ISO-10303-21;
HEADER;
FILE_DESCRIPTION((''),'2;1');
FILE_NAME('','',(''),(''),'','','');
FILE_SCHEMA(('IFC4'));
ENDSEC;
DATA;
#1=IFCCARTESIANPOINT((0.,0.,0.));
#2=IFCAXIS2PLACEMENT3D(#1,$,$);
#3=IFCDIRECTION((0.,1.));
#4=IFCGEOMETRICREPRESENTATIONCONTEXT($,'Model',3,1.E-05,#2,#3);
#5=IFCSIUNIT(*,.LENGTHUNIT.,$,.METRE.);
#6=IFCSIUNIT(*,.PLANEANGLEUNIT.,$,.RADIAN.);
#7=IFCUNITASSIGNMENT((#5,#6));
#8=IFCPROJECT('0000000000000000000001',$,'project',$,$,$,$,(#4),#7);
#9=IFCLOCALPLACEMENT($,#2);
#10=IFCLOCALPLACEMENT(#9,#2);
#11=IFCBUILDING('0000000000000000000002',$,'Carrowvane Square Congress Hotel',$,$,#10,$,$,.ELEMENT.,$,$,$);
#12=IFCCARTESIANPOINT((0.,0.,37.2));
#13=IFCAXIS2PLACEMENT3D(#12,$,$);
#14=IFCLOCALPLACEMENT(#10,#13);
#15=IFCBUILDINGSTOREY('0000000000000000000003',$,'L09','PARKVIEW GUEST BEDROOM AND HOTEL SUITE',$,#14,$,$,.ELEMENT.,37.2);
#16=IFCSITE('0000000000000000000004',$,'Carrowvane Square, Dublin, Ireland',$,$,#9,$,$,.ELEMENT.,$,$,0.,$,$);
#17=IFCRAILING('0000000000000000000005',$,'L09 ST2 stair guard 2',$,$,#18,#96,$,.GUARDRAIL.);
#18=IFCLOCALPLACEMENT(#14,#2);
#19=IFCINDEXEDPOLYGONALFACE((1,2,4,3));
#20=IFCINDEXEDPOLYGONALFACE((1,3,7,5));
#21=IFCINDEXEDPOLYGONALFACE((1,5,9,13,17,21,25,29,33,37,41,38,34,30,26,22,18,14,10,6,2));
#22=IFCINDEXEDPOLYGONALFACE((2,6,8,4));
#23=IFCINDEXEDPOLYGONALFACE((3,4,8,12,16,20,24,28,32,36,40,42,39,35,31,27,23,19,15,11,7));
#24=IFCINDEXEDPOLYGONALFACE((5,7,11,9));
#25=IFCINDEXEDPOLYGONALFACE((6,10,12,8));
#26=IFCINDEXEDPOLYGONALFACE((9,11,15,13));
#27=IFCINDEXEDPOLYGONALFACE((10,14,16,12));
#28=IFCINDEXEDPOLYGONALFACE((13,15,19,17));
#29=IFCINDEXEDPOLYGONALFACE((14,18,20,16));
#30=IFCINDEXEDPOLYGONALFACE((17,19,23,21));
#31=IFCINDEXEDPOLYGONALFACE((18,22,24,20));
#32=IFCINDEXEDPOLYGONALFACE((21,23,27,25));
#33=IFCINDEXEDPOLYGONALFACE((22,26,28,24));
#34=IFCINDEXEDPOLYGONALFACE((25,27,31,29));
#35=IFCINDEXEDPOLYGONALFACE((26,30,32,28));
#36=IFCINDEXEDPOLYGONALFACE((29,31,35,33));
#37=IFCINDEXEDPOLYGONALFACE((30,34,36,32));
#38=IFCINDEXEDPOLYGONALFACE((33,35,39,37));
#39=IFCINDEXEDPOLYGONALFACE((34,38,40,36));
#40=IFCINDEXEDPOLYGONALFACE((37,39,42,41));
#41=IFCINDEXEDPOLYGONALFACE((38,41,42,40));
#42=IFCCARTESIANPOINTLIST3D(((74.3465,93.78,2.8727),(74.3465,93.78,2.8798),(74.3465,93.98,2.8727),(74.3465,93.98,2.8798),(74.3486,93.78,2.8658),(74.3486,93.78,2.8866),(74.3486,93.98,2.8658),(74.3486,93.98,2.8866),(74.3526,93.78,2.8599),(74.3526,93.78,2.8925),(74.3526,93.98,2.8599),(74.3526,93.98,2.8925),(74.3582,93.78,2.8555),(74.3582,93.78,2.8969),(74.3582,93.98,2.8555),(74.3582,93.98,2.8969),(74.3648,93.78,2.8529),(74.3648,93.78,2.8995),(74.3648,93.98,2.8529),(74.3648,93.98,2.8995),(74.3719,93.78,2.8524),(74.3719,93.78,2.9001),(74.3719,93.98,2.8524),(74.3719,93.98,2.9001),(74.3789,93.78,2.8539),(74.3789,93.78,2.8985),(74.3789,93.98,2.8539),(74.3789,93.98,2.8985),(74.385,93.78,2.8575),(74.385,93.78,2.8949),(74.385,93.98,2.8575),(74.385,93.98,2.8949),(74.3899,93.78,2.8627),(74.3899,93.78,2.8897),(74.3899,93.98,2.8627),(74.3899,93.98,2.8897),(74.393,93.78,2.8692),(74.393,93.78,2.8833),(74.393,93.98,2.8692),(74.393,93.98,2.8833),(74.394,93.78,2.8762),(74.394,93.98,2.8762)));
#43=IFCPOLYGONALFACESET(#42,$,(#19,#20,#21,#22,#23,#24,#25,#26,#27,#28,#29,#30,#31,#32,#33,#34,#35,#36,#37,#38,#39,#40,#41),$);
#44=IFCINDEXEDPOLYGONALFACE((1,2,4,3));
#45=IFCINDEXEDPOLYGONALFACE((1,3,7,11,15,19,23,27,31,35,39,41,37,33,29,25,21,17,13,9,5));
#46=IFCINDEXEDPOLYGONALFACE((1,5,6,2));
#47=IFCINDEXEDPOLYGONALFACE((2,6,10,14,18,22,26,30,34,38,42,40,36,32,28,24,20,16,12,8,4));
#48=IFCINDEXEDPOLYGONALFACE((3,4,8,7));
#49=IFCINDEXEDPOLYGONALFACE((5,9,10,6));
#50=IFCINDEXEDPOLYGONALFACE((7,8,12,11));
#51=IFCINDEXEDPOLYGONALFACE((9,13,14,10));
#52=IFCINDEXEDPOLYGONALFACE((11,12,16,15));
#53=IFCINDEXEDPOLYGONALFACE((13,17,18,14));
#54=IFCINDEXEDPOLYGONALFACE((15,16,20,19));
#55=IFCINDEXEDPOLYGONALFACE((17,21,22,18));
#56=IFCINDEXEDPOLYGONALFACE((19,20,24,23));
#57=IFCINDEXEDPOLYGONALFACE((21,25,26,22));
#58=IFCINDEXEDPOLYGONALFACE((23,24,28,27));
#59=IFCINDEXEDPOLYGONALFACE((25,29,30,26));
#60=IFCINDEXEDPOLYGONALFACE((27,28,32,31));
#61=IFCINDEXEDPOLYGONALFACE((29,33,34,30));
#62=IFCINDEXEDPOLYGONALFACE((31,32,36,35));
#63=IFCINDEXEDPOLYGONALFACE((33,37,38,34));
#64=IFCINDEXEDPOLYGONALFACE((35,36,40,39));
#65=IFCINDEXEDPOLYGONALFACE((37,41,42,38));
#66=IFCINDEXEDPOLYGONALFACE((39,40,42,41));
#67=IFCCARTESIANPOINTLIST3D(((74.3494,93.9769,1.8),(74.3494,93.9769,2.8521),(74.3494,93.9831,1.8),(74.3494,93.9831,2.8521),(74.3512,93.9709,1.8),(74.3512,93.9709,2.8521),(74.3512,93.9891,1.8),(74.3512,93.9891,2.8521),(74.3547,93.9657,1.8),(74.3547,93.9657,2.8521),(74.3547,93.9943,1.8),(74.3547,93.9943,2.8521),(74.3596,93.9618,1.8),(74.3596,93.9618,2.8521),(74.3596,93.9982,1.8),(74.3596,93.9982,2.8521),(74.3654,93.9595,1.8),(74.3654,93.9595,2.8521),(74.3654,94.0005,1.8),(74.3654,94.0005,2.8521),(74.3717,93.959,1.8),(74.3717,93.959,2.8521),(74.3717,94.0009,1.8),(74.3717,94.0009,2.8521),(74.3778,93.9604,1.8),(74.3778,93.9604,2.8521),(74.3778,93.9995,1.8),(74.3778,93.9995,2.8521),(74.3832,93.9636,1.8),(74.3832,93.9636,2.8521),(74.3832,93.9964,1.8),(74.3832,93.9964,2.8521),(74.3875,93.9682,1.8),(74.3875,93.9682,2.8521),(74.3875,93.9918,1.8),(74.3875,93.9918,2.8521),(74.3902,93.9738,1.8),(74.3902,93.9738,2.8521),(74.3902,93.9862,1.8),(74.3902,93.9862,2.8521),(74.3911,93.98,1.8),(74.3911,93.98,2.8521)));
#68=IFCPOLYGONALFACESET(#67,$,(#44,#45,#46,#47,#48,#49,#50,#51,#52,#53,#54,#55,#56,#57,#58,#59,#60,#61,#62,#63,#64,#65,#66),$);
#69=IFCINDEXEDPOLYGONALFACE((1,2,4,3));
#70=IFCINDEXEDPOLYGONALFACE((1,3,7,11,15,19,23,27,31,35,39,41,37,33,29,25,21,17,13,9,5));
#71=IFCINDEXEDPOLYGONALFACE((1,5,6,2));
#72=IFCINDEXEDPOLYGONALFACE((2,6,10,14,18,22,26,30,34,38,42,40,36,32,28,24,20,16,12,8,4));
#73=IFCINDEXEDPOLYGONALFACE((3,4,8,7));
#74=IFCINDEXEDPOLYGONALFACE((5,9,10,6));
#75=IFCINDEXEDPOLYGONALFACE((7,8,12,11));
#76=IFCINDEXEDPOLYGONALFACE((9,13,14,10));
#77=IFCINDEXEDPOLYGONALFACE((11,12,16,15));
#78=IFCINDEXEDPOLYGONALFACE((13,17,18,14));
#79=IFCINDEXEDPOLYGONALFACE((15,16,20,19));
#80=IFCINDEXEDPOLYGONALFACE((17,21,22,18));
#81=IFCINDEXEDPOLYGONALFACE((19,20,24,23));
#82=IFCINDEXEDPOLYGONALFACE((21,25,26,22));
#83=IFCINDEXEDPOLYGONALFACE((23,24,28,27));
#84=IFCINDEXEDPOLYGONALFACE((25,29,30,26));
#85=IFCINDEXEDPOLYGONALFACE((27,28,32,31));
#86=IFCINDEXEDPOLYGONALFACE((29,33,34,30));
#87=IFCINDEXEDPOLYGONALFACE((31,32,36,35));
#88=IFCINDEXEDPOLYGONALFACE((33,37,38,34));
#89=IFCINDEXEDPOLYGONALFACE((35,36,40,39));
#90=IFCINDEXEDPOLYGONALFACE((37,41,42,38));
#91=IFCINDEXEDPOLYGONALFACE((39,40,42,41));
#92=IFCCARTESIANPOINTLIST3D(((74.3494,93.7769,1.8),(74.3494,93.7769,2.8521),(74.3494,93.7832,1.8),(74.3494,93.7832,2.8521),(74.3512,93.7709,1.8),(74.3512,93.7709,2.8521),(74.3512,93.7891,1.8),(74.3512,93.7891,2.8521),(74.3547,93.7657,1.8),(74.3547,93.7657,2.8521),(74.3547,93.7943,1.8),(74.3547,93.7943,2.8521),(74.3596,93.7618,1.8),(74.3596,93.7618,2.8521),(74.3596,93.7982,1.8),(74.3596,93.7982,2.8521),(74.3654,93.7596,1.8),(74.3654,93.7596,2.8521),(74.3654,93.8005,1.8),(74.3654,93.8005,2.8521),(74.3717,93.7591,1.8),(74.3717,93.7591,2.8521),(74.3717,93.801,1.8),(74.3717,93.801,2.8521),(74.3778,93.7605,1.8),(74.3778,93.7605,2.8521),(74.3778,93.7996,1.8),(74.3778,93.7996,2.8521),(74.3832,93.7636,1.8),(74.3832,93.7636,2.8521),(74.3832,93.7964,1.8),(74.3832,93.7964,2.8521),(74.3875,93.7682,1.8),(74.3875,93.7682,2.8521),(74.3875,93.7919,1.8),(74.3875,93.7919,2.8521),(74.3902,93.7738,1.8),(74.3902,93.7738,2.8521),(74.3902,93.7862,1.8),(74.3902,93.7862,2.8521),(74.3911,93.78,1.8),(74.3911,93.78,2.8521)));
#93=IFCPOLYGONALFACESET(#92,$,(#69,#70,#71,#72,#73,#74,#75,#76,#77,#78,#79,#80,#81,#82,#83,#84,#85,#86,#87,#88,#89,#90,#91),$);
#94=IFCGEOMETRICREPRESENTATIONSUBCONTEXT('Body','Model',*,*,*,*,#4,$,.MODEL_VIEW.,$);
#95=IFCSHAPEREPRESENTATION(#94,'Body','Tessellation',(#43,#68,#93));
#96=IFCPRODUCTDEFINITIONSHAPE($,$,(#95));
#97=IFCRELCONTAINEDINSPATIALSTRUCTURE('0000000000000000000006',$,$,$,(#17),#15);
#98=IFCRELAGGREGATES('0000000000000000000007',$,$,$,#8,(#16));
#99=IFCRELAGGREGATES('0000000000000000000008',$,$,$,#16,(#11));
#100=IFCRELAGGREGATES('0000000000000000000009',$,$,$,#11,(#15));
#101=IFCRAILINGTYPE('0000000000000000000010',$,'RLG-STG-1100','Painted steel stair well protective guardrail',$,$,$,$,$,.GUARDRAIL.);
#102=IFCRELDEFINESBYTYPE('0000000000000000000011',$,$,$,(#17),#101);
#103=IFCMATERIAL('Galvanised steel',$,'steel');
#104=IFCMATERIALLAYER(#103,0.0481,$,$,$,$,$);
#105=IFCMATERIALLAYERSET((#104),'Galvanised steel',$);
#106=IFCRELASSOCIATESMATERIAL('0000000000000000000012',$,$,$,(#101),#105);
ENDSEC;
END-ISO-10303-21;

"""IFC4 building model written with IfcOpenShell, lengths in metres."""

from ifc_helpers import new_model, si_unit, direction, frame, origin, origin_2d, place, context, subcontext, project, spatial, circle, extrude, material, layer, layer_set, type_object, element, save


model = new_model("IFC4")

# Units and contexts
model_context = context("Model", 3, precision=1e-05, world=origin(), true_north=direction((0.0, 1.0)))
body_context = subcontext(model_context, "Body", "Model", "MODEL_VIEW")
ifc_project = project(units=[si_unit("LENGTHUNIT", "METRE"), si_unit("PLANEANGLEUNIT", "RADIAN")], contexts=[model_context])

# Site, building, storey
site_placement = place(None, origin())
site = spatial("IfcSite", under=ifc_project, at=site_placement, Name="Carrowvane Square, Dublin, Ireland", CompositionType="ELEMENT", RefElevation=0.0)
building_placement = place(site_placement, origin())
building = spatial("IfcBuilding", under=site, at=building_placement, Name="Carrowvane Square Congress Hotel", CompositionType="ELEMENT")
storey_placement = place(building_placement, frame((0.0, 0.0, 37.2)))
storey = spatial("IfcBuildingStorey", under=building, at=storey_placement, Name="L09", Description="PARKVIEW GUEST BEDROOM AND HOTEL SUITE", CompositionType="ELEMENT", Elevation=37.2)

# Railing
ifc_material_1 = material(Name="Galvanised steel", Category="steel")
ifc_layer_1 = layer(ifc_material_1, 0.0481)
ifc_layer_set_1 = layer_set([ifc_layer_1], Name="Galvanised steel")
railing_type_1 = type_object("IfcRailingType", Name="RLG-STG-1100", Description="Painted steel stair well protective guardrail", PredefinedType="GUARDRAIL", material=ifc_layer_set_1)
railing_1_placement = place(storey_placement, frame((74.3701, 93.98, 1.8)))
element("IfcRailing", 1, at=railing_1_placement, inside=storey, type_object=railing_type_1, Name="L09 ST2 stair guard 2", PredefinedType="GUARDRAIL", context=body_context, shape_type="SweptSolid", body=[
    extrude(circle(Radius=0.0239, at=origin_2d()), frame((0.0, 0.0, 1.0762), z_axis=(0.0, -1.0, 0.0), x_axis=(1.0, 0.0, 0.0)), (0.0, 0.0, 1.0), 0.2),
    extrude(circle(Radius=0.021, at=origin_2d()), origin(), (0.0, 0.0, 1.0), 1.052),
    extrude(circle(Radius=0.021, at=origin_2d()), frame((0.0, -0.2, 0.0)), (0.0, 0.0, 1.0), 1.052),
])

save(model, "model.ifc")
